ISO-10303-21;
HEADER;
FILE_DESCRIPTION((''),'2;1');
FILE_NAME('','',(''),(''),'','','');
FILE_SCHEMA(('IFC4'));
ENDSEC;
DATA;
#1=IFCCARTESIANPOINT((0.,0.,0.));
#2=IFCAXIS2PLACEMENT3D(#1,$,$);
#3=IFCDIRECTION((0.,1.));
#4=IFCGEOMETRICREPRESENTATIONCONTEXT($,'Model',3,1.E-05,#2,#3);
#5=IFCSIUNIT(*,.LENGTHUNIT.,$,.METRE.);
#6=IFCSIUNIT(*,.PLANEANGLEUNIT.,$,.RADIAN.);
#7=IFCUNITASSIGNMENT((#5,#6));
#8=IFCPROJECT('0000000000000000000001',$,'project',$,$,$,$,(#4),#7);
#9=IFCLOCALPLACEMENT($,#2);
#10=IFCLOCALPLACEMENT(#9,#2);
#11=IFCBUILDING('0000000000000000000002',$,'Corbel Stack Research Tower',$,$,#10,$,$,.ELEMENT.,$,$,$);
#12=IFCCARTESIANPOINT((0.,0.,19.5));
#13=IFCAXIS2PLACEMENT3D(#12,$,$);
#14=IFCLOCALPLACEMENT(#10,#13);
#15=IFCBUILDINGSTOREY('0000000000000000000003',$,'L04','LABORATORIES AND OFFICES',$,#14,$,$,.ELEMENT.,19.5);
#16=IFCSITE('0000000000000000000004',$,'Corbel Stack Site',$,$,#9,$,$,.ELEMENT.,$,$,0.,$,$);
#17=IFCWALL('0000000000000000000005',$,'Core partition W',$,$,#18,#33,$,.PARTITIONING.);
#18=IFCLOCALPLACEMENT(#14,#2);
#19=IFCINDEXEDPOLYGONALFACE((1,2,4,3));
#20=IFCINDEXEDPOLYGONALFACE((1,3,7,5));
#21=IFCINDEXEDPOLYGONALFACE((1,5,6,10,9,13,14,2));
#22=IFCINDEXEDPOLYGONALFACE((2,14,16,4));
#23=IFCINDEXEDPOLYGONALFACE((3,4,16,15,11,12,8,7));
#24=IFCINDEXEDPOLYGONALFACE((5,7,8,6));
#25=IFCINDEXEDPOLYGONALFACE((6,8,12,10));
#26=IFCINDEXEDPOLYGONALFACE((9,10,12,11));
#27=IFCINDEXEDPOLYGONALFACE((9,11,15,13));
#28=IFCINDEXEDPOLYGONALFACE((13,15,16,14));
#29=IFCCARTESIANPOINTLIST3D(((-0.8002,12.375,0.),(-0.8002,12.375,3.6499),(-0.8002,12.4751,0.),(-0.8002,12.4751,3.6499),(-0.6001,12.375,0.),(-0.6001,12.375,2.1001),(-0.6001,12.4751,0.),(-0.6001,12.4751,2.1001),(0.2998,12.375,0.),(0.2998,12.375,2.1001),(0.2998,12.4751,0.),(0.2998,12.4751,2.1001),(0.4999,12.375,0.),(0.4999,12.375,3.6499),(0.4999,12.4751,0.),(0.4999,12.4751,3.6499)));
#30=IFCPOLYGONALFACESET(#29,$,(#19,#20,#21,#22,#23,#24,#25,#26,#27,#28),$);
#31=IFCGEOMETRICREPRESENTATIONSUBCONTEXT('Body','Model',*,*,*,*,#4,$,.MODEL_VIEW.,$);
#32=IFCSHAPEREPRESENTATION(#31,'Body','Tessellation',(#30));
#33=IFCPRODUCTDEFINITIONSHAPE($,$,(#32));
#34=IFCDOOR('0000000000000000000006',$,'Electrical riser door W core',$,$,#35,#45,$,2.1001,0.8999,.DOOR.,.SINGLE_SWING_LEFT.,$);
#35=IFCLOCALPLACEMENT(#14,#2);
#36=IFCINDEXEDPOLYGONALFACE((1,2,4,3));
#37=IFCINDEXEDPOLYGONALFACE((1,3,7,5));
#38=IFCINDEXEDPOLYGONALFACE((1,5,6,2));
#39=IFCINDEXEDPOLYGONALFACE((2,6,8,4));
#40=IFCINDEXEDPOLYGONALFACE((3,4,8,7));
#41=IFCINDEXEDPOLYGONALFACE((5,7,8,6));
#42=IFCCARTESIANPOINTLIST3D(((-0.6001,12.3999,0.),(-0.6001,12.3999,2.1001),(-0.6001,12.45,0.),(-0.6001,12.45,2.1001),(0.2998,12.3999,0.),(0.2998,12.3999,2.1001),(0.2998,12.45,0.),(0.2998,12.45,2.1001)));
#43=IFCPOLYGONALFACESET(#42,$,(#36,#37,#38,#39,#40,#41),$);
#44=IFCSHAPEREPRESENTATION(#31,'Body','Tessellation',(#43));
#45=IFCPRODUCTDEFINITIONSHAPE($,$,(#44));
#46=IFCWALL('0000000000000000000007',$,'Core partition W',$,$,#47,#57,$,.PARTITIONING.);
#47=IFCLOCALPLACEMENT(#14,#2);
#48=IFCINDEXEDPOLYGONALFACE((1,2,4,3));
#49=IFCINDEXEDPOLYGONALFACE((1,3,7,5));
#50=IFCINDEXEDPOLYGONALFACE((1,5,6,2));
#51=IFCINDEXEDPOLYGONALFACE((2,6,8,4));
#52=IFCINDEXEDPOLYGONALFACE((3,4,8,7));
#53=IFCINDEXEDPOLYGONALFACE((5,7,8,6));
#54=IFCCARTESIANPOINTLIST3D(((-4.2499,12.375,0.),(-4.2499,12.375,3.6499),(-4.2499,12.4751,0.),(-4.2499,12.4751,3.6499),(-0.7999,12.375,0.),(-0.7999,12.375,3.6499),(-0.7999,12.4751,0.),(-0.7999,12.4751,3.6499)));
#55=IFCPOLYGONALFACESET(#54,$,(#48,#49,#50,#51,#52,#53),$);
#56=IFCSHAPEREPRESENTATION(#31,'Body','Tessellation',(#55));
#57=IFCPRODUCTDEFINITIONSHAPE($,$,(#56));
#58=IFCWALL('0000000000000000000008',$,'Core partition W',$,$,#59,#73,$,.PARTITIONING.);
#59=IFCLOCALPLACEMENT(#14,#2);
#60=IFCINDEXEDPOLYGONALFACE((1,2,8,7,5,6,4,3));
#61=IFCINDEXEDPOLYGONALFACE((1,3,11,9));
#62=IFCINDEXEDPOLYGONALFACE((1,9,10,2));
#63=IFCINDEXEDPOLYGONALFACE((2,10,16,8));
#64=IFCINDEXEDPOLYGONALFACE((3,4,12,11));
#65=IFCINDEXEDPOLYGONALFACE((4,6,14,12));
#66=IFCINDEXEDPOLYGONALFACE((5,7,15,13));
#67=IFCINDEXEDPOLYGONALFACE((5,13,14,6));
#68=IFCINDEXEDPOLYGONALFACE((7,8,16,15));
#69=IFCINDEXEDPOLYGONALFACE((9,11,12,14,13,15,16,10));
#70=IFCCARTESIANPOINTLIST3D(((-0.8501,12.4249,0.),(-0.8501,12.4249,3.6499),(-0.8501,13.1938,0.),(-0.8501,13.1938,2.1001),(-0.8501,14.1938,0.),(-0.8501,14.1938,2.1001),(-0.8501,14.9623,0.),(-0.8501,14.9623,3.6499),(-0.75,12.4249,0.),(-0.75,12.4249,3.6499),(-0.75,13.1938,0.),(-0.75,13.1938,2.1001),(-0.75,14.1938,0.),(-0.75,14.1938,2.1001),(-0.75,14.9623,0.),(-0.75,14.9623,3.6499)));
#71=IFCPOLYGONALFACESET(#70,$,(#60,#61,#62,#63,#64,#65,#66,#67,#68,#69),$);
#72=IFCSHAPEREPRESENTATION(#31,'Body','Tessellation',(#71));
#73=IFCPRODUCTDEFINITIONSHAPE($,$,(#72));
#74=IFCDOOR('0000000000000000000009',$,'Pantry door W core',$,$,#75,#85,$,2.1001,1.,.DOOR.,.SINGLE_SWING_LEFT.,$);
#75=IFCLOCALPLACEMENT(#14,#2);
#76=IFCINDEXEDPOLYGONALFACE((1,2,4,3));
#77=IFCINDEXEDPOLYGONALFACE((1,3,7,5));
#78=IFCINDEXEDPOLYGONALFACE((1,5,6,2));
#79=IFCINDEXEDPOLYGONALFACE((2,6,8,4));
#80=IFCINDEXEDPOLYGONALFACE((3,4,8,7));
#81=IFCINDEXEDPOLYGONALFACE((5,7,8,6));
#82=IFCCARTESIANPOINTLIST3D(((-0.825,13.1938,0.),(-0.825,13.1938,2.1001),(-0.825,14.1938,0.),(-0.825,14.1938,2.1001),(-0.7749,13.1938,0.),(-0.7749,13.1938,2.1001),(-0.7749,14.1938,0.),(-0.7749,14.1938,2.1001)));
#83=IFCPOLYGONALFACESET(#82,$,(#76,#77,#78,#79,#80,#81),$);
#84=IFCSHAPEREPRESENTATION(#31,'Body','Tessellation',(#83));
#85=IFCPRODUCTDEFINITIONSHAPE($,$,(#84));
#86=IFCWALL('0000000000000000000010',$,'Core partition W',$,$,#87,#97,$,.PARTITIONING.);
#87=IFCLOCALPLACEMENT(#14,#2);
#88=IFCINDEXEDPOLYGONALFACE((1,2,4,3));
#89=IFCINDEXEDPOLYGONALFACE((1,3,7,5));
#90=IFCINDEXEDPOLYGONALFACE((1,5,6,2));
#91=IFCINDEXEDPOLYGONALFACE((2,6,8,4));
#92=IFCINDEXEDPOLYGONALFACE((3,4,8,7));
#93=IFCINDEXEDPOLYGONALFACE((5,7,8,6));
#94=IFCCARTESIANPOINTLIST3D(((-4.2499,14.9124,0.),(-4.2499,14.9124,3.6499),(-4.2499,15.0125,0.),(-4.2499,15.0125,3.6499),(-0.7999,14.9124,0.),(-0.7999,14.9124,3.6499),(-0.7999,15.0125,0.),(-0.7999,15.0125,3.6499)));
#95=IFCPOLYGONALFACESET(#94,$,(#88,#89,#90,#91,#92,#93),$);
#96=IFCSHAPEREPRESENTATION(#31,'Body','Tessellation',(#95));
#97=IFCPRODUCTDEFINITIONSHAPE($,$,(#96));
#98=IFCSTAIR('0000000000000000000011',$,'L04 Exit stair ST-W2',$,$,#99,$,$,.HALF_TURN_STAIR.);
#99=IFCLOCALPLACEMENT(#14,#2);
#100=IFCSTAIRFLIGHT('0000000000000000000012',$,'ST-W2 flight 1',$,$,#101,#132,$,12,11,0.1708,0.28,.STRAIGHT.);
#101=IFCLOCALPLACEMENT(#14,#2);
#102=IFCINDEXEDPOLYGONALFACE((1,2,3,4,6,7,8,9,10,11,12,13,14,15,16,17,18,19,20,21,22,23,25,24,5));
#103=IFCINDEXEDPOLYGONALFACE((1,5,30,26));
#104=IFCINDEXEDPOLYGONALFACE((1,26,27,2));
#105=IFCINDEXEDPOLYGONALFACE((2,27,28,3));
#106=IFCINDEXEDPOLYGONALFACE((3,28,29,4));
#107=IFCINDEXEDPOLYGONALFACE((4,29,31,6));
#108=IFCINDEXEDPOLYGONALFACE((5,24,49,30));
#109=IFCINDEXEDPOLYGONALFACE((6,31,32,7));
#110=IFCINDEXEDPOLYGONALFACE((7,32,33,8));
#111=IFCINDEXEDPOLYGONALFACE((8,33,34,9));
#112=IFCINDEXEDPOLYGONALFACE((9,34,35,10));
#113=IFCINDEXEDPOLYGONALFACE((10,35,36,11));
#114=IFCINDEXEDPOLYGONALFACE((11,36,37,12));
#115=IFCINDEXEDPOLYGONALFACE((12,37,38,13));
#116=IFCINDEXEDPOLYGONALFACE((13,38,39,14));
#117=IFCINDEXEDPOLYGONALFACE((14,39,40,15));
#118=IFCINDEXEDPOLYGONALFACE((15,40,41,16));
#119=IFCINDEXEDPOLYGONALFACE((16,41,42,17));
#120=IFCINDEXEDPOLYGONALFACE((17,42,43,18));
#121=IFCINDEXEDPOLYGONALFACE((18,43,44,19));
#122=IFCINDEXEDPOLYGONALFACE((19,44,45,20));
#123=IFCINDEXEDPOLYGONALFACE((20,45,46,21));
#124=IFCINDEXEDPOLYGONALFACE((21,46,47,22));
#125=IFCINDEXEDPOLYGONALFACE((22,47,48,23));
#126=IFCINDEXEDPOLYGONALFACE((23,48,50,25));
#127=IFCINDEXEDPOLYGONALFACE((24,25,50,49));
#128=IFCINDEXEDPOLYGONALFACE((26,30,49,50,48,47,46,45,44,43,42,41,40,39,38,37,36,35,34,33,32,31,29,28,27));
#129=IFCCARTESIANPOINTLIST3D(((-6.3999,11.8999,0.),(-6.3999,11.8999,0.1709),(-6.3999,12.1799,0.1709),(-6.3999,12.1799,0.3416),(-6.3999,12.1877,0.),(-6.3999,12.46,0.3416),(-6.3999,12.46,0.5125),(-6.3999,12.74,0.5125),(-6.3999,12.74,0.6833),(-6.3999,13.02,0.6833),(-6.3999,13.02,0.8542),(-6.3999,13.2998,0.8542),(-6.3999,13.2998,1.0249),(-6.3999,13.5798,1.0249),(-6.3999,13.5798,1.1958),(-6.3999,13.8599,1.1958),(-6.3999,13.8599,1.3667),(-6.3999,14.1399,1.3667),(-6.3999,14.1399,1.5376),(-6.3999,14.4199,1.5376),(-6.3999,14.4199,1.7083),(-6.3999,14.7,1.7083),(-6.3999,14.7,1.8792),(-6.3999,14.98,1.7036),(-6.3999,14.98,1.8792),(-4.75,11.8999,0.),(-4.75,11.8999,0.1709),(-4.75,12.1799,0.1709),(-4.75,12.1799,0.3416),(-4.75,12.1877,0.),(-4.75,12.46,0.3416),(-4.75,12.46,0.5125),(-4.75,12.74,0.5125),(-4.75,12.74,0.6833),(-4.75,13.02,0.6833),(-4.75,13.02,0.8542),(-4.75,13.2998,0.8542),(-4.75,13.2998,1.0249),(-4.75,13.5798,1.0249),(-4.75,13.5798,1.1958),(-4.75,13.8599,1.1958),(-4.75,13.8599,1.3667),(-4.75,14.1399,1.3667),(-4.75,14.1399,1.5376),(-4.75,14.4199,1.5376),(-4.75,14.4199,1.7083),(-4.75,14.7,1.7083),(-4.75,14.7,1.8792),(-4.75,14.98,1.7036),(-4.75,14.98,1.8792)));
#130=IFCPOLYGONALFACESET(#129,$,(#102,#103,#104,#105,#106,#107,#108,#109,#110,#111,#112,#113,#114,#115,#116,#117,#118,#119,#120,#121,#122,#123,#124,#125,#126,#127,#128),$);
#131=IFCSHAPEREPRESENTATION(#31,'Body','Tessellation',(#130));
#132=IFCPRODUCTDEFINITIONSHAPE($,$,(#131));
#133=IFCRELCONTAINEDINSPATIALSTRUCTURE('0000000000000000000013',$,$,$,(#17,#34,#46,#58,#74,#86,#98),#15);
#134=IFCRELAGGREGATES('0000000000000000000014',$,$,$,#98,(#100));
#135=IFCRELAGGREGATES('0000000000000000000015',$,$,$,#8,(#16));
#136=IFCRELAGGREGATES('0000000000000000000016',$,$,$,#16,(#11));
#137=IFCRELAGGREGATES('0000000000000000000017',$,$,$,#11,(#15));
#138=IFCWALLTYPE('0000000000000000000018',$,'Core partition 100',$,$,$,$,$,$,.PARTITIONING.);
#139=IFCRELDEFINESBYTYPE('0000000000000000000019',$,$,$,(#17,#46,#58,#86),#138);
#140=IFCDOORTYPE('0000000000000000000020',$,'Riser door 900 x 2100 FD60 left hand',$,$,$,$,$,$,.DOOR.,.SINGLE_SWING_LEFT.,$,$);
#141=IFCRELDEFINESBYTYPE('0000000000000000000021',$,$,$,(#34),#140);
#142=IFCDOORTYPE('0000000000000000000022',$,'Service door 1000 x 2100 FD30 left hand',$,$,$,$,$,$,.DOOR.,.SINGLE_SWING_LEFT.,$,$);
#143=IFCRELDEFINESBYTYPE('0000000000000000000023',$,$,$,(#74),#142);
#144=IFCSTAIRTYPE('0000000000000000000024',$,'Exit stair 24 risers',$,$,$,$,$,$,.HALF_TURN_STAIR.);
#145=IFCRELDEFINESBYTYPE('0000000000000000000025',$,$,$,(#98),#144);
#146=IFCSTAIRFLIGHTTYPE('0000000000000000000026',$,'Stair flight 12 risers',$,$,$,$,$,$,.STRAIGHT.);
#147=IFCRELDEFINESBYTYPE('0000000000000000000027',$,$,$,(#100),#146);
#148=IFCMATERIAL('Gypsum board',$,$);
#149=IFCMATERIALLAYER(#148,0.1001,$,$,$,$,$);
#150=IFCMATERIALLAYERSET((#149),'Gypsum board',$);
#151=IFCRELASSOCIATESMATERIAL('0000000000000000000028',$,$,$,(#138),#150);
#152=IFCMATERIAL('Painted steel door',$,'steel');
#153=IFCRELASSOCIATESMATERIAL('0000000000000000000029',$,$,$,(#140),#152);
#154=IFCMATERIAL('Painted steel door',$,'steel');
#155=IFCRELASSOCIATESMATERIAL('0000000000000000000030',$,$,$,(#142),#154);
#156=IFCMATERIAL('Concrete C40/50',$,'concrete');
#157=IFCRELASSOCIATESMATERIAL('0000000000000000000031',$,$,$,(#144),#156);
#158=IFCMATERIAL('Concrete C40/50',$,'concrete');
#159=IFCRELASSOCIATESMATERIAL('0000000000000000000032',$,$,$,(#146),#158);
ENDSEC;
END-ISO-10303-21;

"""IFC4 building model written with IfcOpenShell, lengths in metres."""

from ifc_helpers import new_model, si_unit, direction, frame, frame_2d, origin, place, context, subcontext, project, spatial, polyline, rectangle, outline, extrude, material, layer, layer_set, type_object, element, fill, aggregate, save


model = new_model("IFC4")

# Units and contexts
model_context = context("Model", 3, precision=1e-05, world=origin(), true_north=direction((0.0, 1.0)))
body_context = subcontext(model_context, "Body", "Model", "MODEL_VIEW")
ifc_project = project(units=[si_unit("LENGTHUNIT", "METRE"), si_unit("PLANEANGLEUNIT", "RADIAN")], contexts=[model_context])

# Site, building, storey
site_placement = place(None, origin())
site = spatial("IfcSite", under=ifc_project, at=site_placement, Name="Corbel Stack Site", CompositionType="ELEMENT", RefElevation=0.0)
building_placement = place(site_placement, origin())
building = spatial("IfcBuilding", under=site, at=building_placement, Name="Corbel Stack Research Tower", CompositionType="ELEMENT")
storey_placement = place(building_placement, frame((0.0, 0.0, 19.5)))
storey = spatial("IfcBuildingStorey", under=building, at=storey_placement, Name="L04", Description="LABORATORIES AND OFFICES", CompositionType="ELEMENT", Elevation=19.5)

# Wall, opening, door
ifc_material_1 = material(Name="Gypsum board")
ifc_layer_1 = layer(ifc_material_1, 0.1001)
ifc_layer_set_1 = layer_set([ifc_layer_1], Name="Gypsum board")
wall_type_1 = type_object("IfcWallType", Name="Core partition 100", PredefinedType="PARTITIONING", material=ifc_layer_set_1)
wall_1_placement = place(storey_placement, frame((-0.8, 12.425, 0.0), z_axis=(0.0, 0.0, 1.0), x_axis=(1.0, 0.0, 0.0)))
wall_1 = element("IfcWall", 1, at=wall_1_placement, inside=storey, type_object=wall_type_1, Name="Core partition W", PredefinedType="PARTITIONING", context=body_context, shape_type="SweptSolid", body=[
    extrude(rectangle(XDim=1.3, YDim=0.1001, at=frame_2d((0.6499, 0.0))), origin(), (0.0, 0.0, 1.0), 3.6499),
])
opening_1_placement = place(wall_1_placement, frame((0.2, 0.0, 0.0)))
opening_1 = element("IfcOpeningElement", 2, at=opening_1_placement, cuts=wall_1, PredefinedType="OPENING", context=body_context, shape_type="SweptSolid", body=[
    extrude(rectangle(XDim=0.8999, YDim=2.1001, at=frame_2d((0.45, 1.05))), frame((0.0, 0.0601, 0.0), z_axis=(0.0, -1.0, 0.0), x_axis=(1.0, 0.0, 0.0)), (0.0, 0.0, 1.0), 0.1201),
])
ifc_material_2 = material(Name="Painted steel door", Category="steel")
door_type_1 = type_object("IfcDoorType", Name="Riser door 900 x 2100 FD60 left hand", OperationType="SINGLE_SWING_LEFT", PredefinedType="DOOR", material=ifc_material_2)
door_1_placement = place(opening_1_placement, origin())
door_1 = element("IfcDoor", 3, at=door_1_placement, inside=storey, type_object=door_type_1, Name="Electrical riser door W core", OperationType="SINGLE_SWING_LEFT", OverallHeight=2.1001, OverallWidth=0.8999, PredefinedType="DOOR", context=body_context, shape_type="SweptSolid", body=[
    extrude(rectangle(XDim=0.8999, YDim=2.1001, at=frame_2d((0.45, 1.05))), frame((0.0, 0.0249, 0.0), z_axis=(0.0, -1.0, 0.0), x_axis=(1.0, 0.0, 0.0)), (0.0, 0.0, 1.0), 0.05),
])
fill(opening_1, door_1)

# Wall
wall_2_placement = place(storey_placement, frame((-4.25, 12.425, 0.0), z_axis=(0.0, 0.0, 1.0), x_axis=(1.0, 0.0, 0.0)))
element("IfcWall", 4, at=wall_2_placement, inside=storey, type_object=wall_type_1, Name="Core partition W", PredefinedType="PARTITIONING", context=body_context, shape_type="SweptSolid", body=[
    extrude(rectangle(XDim=3.45, YDim=0.1001, at=frame_2d((1.7251, 0.0))), origin(), (0.0, 0.0, 1.0), 3.6499),
])

# Wall, opening, door
wall_3_placement = place(storey_placement, frame((-0.8, 12.425, 0.0), z_axis=(0.0, 0.0, 1.0), x_axis=(0.0, 1.0, 0.0)))
wall_3 = element("IfcWall", 5, at=wall_3_placement, inside=storey, type_object=wall_type_1, Name="Core partition W", PredefinedType="PARTITIONING", context=body_context, shape_type="SweptSolid", body=[
    extrude(rectangle(XDim=2.5374, YDim=0.1001, at=frame_2d((1.2686, 0.0))), origin(), (0.0, 0.0, 1.0), 3.6499),
])
opening_2_placement = place(wall_3_placement, frame((0.7688, 0.0, 0.0)))
opening_2 = element("IfcOpeningElement", 6, at=opening_2_placement, cuts=wall_3, PredefinedType="OPENING", context=body_context, shape_type="SweptSolid", body=[
    extrude(rectangle(XDim=1.0, YDim=2.1001, at=frame_2d((0.5, 1.05))), frame((0.0, 0.0601, 0.0), z_axis=(0.0, -1.0, 0.0), x_axis=(1.0, 0.0, 0.0)), (0.0, 0.0, 1.0), 0.1201),
])
ifc_material_3 = material(Name="Painted steel door", Category="steel")
door_type_2 = type_object("IfcDoorType", Name="Service door 1000 x 2100 FD30 left hand", OperationType="SINGLE_SWING_LEFT", PredefinedType="DOOR", material=ifc_material_3)
door_2_placement = place(opening_2_placement, origin())
door_2 = element("IfcDoor", 7, at=door_2_placement, inside=storey, type_object=door_type_2, Name="Pantry door W core", OperationType="SINGLE_SWING_LEFT", OverallHeight=2.1001, OverallWidth=1.0, PredefinedType="DOOR", context=body_context, shape_type="SweptSolid", body=[
    extrude(rectangle(XDim=1.0, YDim=2.1001, at=frame_2d((0.5, 1.05))), frame((0.0, 0.0249, 0.0), z_axis=(0.0, -1.0, 0.0), x_axis=(1.0, 0.0, 0.0)), (0.0, 0.0, 1.0), 0.05),
])
fill(opening_2, door_2)

# Wall
wall_4_placement = place(storey_placement, frame((-4.25, 14.9624, 0.0), z_axis=(0.0, 0.0, 1.0), x_axis=(1.0, 0.0, 0.0)))
element("IfcWall", 8, at=wall_4_placement, inside=storey, type_object=wall_type_1, Name="Core partition W", PredefinedType="PARTITIONING", context=body_context, shape_type="SweptSolid", body=[
    extrude(rectangle(XDim=3.45, YDim=0.1001, at=frame_2d((1.7251, 0.0))), origin(), (0.0, 0.0, 1.0), 3.6499),
])

# Stair, stair flight
ifc_material_4 = material(Name="Concrete C40/50", Category="concrete")
stair_type = type_object("IfcStairType", Name="Exit stair 24 risers", PredefinedType="HALF_TURN_STAIR", material=ifc_material_4)
stair_placement = place(storey_placement, origin())
stair = element("IfcStair", 9, at=stair_placement, inside=storey, type_object=stair_type, Name="L04 Exit stair ST-W2", PredefinedType="HALF_TURN_STAIR")
ifc_material_5 = material(Name="Concrete C40/50", Category="concrete")
stair_flight_type = type_object("IfcStairFlightType", Name="Stair flight 12 risers", PredefinedType="STRAIGHT", material=ifc_material_5)
stair_flight_placement = place(storey_placement, frame((-5.575, 11.8999, 0.0), z_axis=(0.0, 0.0, 1.0), x_axis=(0.0, 1.0, 0.0)))
stair_flight = element("IfcStairFlight", 10, at=stair_flight_placement, type_object=stair_flight_type, Name="ST-W2 flight 1", NumberOfRisers=12, NumberOfTreads=11, PredefinedType="STRAIGHT", RiserHeight=0.1708, TreadLength=0.28, context=body_context, shape_type="SweptSolid", body=[
    extrude(outline(polyline([(0.0, 0.0), (0.0, 0.1709), (0.28, 0.1709), (0.28, 0.3416), (0.5601, 0.3416), (0.5601, 0.5125), (0.8401, 0.5125), (0.8401, 0.6833), (1.1201, 0.6833), (1.1201, 0.8542), (1.3999, 0.8542), (1.3999, 1.0249), (1.6799, 1.0249), (1.6799, 1.1958), (1.96, 1.1958), (1.96, 1.3667), (2.24, 1.3667), (2.24, 1.5376), (2.52, 1.5376), (2.52, 1.7083), (2.8, 1.7083), (2.8, 1.8792), (3.0801, 1.8792), (3.0801, 2.05), (3.0801, 1.7036), (0.2878, 0.0), (0.0, 0.0)])), frame((0.0, 0.825, 0.0), z_axis=(0.0, -1.0, 0.0), x_axis=(1.0, 0.0, 0.0)), (0.0, 0.0, 1.0), 1.6499),
])
aggregate(stair, [stair_flight])

save(model, "model.ifc")
